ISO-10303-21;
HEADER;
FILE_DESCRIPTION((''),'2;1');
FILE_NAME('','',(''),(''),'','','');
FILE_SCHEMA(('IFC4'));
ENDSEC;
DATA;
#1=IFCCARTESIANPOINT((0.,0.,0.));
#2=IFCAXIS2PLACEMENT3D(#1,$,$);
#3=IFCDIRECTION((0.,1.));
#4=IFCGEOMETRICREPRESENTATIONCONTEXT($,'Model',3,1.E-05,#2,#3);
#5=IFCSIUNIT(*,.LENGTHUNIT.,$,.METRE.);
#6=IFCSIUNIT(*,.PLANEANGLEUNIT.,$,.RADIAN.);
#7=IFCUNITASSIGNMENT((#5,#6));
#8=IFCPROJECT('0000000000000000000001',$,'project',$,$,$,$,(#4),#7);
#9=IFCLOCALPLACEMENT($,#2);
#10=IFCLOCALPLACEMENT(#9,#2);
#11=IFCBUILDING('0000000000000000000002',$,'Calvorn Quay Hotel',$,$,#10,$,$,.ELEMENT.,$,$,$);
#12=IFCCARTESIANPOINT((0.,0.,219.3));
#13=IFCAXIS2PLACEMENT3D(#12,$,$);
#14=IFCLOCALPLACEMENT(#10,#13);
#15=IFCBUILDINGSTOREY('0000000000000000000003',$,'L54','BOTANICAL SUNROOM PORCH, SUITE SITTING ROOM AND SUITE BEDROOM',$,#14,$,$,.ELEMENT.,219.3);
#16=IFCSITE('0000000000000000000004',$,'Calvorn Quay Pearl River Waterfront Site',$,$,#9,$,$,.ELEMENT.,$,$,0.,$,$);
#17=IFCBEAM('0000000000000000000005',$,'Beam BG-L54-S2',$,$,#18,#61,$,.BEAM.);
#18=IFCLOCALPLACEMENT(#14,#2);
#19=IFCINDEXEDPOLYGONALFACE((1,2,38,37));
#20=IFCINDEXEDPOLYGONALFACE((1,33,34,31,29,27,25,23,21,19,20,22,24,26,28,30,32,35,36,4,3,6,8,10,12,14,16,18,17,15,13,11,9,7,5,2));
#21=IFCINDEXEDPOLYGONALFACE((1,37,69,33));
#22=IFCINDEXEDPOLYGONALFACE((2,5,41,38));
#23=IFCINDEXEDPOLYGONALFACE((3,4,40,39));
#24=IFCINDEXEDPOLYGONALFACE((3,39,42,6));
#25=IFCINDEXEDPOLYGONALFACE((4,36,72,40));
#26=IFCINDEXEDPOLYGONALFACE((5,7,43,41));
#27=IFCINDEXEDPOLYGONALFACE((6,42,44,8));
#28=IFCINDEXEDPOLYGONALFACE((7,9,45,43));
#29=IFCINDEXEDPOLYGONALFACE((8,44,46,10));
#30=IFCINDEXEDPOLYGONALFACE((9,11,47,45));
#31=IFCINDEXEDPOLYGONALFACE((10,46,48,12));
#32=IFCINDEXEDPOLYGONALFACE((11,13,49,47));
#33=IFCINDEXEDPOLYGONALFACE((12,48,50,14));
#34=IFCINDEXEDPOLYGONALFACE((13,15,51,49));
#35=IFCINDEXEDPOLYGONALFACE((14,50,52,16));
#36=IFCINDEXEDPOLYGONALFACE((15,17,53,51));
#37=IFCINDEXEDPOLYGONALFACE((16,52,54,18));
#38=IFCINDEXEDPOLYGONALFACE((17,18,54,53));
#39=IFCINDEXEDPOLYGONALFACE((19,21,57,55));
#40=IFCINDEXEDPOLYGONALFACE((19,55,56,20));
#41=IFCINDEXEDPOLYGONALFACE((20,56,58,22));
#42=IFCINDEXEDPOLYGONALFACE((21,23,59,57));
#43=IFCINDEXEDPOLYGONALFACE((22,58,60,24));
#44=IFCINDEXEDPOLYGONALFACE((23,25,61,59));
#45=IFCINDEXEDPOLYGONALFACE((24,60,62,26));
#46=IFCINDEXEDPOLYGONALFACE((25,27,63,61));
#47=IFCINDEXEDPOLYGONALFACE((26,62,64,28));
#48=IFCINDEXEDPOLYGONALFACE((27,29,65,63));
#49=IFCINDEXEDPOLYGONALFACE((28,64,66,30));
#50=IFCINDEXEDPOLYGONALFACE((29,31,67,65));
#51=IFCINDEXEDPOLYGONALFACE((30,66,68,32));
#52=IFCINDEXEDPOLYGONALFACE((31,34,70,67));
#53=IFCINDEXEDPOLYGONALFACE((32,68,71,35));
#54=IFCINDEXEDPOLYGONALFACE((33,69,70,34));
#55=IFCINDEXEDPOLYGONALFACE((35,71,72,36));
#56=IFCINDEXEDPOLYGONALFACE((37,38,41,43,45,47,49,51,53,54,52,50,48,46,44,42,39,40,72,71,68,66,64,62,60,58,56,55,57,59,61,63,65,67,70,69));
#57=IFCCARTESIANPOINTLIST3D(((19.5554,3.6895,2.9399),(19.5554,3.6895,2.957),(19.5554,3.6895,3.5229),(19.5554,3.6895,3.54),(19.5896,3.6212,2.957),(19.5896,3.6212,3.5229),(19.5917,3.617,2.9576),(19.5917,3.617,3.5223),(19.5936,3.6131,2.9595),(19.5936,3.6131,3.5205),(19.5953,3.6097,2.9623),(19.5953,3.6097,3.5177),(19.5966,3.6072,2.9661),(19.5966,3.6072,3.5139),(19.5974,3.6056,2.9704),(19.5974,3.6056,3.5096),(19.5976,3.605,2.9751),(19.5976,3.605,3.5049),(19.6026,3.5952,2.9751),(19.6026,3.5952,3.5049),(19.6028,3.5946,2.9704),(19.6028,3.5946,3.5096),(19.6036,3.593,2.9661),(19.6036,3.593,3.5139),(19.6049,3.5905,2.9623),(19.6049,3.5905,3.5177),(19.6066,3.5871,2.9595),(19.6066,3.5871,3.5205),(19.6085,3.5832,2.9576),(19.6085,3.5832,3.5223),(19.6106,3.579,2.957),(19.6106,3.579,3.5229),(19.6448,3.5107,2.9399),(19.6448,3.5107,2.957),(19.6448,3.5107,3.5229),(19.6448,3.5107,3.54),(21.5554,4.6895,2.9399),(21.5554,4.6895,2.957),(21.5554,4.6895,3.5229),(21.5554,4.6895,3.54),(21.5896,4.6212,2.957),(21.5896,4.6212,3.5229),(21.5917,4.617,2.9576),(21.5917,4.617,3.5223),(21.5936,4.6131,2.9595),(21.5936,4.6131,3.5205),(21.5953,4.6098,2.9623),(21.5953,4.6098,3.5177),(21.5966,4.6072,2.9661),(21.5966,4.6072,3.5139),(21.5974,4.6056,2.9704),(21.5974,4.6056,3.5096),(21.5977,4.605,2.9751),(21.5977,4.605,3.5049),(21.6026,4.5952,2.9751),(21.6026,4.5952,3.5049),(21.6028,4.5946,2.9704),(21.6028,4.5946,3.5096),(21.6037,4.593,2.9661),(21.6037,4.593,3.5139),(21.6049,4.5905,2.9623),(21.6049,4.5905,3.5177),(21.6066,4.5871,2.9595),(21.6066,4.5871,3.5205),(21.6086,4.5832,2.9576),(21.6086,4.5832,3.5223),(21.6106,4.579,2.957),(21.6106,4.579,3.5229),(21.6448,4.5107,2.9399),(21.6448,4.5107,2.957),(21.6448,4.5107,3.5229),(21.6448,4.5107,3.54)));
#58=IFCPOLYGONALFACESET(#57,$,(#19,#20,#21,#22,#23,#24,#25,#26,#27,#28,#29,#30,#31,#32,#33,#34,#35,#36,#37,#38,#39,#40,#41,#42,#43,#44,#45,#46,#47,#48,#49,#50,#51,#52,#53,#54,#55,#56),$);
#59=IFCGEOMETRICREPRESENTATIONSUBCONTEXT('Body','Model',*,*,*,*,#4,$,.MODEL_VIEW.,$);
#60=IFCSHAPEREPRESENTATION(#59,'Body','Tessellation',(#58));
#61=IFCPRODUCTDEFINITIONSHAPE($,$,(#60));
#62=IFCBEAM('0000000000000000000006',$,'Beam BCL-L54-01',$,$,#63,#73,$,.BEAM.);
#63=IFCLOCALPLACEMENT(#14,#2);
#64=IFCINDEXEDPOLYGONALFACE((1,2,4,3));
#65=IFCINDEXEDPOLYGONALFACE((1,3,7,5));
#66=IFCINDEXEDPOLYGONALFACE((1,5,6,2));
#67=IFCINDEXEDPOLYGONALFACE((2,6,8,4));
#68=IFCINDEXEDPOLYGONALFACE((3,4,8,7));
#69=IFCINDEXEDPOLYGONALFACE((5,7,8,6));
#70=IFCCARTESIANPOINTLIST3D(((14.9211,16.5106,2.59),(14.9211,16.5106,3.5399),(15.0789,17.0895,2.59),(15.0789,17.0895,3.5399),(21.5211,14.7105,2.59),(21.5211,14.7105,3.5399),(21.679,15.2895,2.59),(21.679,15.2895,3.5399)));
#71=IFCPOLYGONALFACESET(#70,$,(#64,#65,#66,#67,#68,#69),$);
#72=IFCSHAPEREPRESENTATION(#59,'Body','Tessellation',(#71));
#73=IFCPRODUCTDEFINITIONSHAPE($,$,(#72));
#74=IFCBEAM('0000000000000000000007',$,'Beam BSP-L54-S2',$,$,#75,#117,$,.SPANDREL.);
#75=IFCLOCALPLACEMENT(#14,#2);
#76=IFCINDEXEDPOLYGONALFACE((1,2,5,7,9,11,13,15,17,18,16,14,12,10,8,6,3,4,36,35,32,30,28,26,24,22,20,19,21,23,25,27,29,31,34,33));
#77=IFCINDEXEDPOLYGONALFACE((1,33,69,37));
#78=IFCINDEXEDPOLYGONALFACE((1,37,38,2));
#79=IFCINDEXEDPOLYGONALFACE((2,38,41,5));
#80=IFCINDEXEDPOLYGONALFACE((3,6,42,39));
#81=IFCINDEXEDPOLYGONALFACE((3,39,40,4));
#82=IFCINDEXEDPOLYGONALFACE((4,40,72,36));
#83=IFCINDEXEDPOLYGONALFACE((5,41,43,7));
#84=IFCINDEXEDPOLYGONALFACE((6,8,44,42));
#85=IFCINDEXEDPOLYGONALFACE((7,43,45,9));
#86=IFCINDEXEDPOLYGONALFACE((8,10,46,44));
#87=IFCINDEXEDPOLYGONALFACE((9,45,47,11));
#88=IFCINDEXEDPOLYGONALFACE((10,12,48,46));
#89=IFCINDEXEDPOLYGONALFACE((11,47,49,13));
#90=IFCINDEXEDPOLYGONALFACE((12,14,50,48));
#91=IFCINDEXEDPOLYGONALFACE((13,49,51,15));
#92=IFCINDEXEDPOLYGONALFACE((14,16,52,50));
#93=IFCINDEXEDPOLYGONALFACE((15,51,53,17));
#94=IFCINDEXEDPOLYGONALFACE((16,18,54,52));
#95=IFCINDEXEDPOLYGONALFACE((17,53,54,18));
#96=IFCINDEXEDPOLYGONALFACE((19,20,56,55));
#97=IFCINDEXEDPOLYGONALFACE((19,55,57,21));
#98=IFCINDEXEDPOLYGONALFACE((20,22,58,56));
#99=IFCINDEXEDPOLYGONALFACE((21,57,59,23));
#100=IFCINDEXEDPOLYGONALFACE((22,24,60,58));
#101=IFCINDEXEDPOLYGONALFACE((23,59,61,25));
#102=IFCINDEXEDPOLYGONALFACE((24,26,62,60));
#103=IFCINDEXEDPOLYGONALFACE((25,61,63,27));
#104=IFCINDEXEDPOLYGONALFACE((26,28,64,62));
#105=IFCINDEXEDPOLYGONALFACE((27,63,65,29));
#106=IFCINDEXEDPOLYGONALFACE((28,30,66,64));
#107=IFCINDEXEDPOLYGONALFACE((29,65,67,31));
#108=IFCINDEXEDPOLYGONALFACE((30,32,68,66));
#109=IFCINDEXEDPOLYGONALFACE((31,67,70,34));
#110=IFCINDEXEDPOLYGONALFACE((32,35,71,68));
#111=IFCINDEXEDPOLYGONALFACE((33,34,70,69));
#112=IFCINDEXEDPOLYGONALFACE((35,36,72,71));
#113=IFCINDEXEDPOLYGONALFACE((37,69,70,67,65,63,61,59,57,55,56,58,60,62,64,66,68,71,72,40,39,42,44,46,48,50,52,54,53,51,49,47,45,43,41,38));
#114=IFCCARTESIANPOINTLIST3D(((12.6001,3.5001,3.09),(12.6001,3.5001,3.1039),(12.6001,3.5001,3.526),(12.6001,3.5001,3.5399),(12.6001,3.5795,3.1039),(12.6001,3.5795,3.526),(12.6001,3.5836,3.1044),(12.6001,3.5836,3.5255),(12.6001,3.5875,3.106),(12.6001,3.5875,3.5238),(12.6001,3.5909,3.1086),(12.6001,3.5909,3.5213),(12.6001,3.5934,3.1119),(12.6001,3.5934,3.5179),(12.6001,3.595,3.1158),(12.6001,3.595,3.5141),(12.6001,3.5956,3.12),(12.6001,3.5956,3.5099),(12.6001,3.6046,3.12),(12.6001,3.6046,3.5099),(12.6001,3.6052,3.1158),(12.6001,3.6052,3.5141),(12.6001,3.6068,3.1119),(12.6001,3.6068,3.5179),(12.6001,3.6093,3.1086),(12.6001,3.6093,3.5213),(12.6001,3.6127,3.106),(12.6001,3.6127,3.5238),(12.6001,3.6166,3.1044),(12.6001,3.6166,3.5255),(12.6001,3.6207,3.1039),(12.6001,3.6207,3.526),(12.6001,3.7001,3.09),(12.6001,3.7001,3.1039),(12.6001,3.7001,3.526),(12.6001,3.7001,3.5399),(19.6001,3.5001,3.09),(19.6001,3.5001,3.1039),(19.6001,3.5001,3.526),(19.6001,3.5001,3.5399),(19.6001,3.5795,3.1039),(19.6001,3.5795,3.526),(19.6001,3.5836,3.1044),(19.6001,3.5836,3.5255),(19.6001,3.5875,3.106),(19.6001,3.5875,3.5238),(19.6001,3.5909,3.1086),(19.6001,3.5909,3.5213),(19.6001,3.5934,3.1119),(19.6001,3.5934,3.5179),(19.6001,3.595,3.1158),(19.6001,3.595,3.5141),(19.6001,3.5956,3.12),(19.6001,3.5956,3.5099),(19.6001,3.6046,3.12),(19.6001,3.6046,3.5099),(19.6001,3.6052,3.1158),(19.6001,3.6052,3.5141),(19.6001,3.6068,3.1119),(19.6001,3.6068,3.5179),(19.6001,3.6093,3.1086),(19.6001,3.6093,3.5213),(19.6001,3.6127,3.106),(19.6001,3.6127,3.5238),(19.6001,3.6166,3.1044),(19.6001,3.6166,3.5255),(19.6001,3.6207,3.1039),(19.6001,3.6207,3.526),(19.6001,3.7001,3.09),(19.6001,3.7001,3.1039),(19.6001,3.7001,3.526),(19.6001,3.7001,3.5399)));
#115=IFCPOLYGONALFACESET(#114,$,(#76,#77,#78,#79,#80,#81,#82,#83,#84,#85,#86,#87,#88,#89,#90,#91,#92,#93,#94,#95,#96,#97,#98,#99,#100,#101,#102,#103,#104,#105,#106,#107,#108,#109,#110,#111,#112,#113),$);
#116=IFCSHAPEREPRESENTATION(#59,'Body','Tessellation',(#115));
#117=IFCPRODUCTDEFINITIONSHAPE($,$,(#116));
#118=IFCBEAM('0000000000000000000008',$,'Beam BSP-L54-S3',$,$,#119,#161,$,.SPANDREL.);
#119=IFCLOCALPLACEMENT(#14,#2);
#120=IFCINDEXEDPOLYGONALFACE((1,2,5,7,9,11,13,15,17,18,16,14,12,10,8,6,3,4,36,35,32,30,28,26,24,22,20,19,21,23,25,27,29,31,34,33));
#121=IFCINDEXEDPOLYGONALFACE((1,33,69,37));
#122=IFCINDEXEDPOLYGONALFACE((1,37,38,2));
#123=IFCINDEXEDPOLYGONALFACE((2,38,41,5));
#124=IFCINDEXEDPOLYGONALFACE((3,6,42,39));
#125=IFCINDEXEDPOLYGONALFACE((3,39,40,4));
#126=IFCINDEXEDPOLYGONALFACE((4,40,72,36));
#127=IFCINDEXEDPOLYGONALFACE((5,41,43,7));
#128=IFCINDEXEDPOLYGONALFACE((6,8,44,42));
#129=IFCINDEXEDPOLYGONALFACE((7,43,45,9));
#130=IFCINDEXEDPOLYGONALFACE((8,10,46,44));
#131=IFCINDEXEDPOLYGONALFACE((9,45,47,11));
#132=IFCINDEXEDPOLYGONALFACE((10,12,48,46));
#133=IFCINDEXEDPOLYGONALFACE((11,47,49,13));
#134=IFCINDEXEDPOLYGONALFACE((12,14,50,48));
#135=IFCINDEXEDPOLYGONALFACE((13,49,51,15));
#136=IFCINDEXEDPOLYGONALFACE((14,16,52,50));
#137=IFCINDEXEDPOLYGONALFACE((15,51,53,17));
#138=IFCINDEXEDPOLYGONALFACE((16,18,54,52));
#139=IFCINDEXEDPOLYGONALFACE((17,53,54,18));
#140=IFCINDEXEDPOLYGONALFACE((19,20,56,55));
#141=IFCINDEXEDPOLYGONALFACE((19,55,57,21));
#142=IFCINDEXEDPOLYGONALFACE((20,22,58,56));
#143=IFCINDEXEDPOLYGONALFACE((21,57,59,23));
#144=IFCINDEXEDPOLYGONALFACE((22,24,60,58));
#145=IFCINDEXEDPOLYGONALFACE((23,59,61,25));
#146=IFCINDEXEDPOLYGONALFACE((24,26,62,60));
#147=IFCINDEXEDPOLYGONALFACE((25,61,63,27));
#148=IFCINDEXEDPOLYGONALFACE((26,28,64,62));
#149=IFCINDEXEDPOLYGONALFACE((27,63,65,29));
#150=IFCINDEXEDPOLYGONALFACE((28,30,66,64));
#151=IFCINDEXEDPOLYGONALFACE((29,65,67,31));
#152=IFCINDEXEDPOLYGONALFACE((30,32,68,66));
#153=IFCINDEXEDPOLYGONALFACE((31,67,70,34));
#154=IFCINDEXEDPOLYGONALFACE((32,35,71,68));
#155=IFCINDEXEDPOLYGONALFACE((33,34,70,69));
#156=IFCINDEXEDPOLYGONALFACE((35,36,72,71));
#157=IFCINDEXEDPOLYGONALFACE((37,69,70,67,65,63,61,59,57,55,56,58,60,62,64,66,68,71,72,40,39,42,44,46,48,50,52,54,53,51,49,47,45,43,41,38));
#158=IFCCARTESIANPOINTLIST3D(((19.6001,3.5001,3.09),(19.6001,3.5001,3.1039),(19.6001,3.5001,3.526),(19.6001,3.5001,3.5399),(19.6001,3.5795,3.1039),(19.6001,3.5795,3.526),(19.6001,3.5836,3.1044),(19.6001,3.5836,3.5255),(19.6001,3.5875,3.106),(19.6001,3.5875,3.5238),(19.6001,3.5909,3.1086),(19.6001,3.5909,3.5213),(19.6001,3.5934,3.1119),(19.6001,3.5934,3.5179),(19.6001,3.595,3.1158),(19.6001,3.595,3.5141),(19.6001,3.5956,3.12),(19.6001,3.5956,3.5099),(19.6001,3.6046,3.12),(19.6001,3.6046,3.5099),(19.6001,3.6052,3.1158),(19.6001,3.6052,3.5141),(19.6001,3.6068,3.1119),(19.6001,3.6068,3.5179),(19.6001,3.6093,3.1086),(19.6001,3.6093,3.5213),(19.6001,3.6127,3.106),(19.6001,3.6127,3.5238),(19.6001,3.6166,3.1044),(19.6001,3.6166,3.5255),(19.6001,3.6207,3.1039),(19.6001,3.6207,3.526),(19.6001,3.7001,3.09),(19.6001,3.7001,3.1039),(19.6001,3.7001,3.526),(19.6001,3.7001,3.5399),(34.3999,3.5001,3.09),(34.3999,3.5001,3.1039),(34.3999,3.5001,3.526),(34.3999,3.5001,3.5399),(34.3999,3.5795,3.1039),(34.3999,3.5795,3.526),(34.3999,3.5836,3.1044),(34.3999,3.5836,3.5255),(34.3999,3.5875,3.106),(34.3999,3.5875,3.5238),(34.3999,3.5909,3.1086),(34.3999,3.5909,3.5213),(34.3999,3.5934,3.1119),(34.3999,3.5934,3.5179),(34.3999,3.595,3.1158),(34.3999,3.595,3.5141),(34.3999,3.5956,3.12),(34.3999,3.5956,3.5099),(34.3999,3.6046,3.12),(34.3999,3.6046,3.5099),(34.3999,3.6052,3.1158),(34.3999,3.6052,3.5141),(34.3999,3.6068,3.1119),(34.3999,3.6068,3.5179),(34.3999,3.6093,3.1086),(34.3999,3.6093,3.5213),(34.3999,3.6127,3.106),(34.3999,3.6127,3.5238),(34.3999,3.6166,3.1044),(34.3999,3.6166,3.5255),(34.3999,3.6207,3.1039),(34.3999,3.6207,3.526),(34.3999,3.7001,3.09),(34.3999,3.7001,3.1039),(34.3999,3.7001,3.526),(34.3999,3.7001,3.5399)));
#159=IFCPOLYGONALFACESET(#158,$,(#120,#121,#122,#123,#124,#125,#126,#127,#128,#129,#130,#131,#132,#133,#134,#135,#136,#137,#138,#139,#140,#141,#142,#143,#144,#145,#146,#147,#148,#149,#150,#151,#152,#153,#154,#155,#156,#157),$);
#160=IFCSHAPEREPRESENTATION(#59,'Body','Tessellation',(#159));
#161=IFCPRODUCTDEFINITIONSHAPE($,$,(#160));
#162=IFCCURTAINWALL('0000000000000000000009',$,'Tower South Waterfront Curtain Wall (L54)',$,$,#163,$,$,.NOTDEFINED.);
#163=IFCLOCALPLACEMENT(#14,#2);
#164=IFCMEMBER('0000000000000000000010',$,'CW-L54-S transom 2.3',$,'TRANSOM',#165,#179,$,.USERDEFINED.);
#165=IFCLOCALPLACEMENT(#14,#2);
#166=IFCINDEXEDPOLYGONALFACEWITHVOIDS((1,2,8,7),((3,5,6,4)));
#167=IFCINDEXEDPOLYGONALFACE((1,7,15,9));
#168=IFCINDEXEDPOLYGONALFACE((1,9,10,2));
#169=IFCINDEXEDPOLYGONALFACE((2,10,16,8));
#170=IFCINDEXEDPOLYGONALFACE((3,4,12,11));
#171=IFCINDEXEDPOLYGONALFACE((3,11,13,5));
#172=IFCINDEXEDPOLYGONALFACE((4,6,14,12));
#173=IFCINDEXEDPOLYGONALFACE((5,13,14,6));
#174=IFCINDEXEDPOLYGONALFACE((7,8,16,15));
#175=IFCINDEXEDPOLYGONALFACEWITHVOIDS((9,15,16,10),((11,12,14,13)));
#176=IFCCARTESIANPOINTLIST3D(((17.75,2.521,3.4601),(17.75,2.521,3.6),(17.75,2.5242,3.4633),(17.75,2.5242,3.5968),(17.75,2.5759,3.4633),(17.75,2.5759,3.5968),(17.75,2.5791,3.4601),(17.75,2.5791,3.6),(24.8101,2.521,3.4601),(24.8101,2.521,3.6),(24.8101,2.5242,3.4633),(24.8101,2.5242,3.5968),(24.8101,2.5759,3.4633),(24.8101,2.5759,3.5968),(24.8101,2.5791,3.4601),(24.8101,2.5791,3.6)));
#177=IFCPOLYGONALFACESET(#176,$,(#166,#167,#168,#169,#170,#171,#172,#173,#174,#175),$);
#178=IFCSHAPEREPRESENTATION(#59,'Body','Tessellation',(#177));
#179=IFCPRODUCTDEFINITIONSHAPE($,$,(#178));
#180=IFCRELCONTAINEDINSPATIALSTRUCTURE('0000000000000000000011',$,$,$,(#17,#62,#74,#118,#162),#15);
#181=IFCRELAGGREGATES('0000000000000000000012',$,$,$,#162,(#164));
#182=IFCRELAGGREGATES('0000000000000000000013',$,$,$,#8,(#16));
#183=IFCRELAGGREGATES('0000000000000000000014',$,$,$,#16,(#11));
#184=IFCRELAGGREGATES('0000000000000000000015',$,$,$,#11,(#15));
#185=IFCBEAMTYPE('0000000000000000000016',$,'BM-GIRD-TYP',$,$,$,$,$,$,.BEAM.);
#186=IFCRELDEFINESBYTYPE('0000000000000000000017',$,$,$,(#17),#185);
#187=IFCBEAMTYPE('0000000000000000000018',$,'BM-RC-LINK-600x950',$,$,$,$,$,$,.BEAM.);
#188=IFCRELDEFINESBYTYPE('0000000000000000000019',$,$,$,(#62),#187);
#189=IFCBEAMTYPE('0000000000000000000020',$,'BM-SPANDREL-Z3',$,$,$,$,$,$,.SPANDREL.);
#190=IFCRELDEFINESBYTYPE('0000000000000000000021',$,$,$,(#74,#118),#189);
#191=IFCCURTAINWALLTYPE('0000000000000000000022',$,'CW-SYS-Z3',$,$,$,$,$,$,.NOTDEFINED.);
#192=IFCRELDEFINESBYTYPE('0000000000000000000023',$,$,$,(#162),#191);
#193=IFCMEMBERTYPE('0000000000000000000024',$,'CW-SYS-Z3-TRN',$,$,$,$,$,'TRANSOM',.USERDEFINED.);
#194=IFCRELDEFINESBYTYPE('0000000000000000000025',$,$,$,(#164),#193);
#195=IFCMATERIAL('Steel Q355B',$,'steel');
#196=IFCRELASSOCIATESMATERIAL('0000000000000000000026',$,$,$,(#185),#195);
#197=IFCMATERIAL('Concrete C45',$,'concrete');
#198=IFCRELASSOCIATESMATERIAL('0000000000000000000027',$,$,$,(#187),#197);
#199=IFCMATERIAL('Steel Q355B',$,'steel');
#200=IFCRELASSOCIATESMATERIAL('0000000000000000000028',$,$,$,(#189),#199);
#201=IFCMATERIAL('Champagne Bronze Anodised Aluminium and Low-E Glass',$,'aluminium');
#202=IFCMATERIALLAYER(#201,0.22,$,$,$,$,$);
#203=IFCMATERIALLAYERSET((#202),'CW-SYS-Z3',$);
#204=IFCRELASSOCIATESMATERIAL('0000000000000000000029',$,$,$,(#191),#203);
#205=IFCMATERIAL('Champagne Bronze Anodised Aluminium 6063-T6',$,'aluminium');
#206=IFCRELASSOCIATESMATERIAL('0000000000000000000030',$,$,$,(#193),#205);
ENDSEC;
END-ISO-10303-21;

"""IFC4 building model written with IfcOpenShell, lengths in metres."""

from ifc_helpers import new_model, si_unit, direction, frame, origin, origin_2d, place, context, subcontext, project, spatial, rectangle, hollow_rectangle, i_section, extrude, material, layer, layer_set, material_profile, profile_set, type_object, element, aggregate, save


model = new_model("IFC4")

# Units and contexts
model_context = context("Model", 3, precision=1e-05, world=origin(), true_north=direction((0.0, 1.0)))
body_context = subcontext(model_context, "Body", "Model", "MODEL_VIEW")
ifc_project = project(units=[si_unit("LENGTHUNIT", "METRE"), si_unit("PLANEANGLEUNIT", "RADIAN")], contexts=[model_context])

# Site, building, storey
site_placement = place(None, origin())
site = spatial("IfcSite", under=ifc_project, at=site_placement, Name="Calvorn Quay Pearl River Waterfront Site", CompositionType="ELEMENT", RefElevation=0.0)
building_placement = place(site_placement, origin())
building = spatial("IfcBuilding", under=site, at=building_placement, Name="Calvorn Quay Hotel", CompositionType="ELEMENT")
storey_placement = place(building_placement, frame((0.0, 0.0, 219.3)))
storey = spatial("IfcBuildingStorey", under=building, at=storey_placement, Name="L54", Description="BOTANICAL SUNROOM PORCH, SUITE SITTING ROOM AND SUITE BEDROOM", CompositionType="ELEMENT", Elevation=219.3)

# Beams
ifc_material_1 = material(Name="Steel Q355B", Category="steel")
ifc_material_profile_1 = material_profile(ifc_material_1, i_section(OverallWidth=0.2, OverallDepth=0.6001, WebThickness=0.011, FlangeThickness=0.0171, FilletRadius=0.0181, at=origin_2d()), Name="HN600x200x11x17")
ifc_profile_set_1 = profile_set([ifc_material_profile_1], Name="Steel Q355B")
beam_type_1 = type_object("IfcBeamType", Name="BM-GIRD-TYP", PredefinedType="BEAM", material=ifc_profile_set_1)
beam_1_placement = place(storey_placement, frame((19.6001, 3.6001, 3.24), z_axis=(0.894427, 0.447214, 0.0), x_axis=(-0.447214, 0.894427, 0.0)))
element("IfcBeam", 1, at=beam_1_placement, inside=storey, type_object=beam_type_1, Name="Beam BG-L54-S2", PredefinedType="BEAM", context=body_context, shape_type="SweptSolid", body=[
    extrude(i_section(OverallWidth=0.2, OverallDepth=0.6001, WebThickness=0.011, FlangeThickness=0.0171, FilletRadius=0.0181, at=origin_2d()), origin(), (0.0, 0.0, 1.0), 2.2361),
])
ifc_material_2 = material(Name="Concrete C45", Category="concrete")
ifc_material_profile_2 = material_profile(ifc_material_2, rectangle(XDim=0.6001, YDim=0.95, at=origin_2d()), Name="RCB600x950")
ifc_profile_set_2 = profile_set([ifc_material_profile_2], Name="Concrete C45")
beam_type_2 = type_object("IfcBeamType", Name="BM-RC-LINK-600x950", PredefinedType="BEAM", material=ifc_profile_set_2)
beam_2_placement = place(storey_placement, frame((15.0, 16.8, 3.0649), z_axis=(0.964763, -0.26312, 0.0), x_axis=(0.26312, 0.964763, 0.0)))
element("IfcBeam", 2, at=beam_2_placement, inside=storey, type_object=beam_type_2, Name="Beam BCL-L54-01", PredefinedType="BEAM", context=body_context, shape_type="SweptSolid", body=[
    extrude(rectangle(XDim=0.6001, YDim=0.95, at=origin_2d()), origin(), (0.0, 0.0, 1.0), 6.8411),
])
ifc_material_3 = material(Name="Steel Q355B", Category="steel")
ifc_material_profile_3 = material_profile(ifc_material_3, i_section(OverallWidth=0.2, OverallDepth=0.45, WebThickness=0.009, FlangeThickness=0.0139, FilletRadius=0.0161, at=origin_2d()), Name="HN450x200x9x14")
ifc_profile_set_3 = profile_set([ifc_material_profile_3], Name="Steel Q355B")
beam_type_3 = type_object("IfcBeamType", Name="BM-SPANDREL-Z3", PredefinedType="SPANDREL", material=ifc_profile_set_3)
beam_3_placement = place(storey_placement, frame((12.6001, 3.6001, 3.3149), z_axis=(1.0, 0.0, 0.0), x_axis=(0.0, 1.0, 0.0)))
element("IfcBeam", 3, at=beam_3_placement, inside=storey, type_object=beam_type_3, Name="Beam BSP-L54-S2", PredefinedType="SPANDREL", context=body_context, shape_type="SweptSolid", body=[
    extrude(i_section(OverallWidth=0.2, OverallDepth=0.45, WebThickness=0.009, FlangeThickness=0.0139, FilletRadius=0.0161, at=origin_2d()), origin(), (0.0, 0.0, 1.0), 7.0),
])
beam_4_placement = place(storey_placement, frame((19.6001, 3.6001, 3.3149), z_axis=(1.0, 0.0, 0.0), x_axis=(0.0, 1.0, 0.0)))
element("IfcBeam", 4, at=beam_4_placement, inside=storey, type_object=beam_type_3, Name="Beam BSP-L54-S3", PredefinedType="SPANDREL", context=body_context, shape_type="SweptSolid", body=[
    extrude(i_section(OverallWidth=0.2, OverallDepth=0.45, WebThickness=0.009, FlangeThickness=0.0139, FilletRadius=0.0161, at=origin_2d()), origin(), (0.0, 0.0, 1.0), 14.7998),
])

# Curtain wall, member
ifc_material_4 = material(Name="Champagne Bronze Anodised Aluminium and Low-E Glass", Category="aluminium")
ifc_layer_1 = layer(ifc_material_4, 0.22)
ifc_layer_set_1 = layer_set([ifc_layer_1], Name="CW-SYS-Z3")
curtain_wall_type = type_object("IfcCurtainWallType", Name="CW-SYS-Z3", PredefinedType="NOTDEFINED", material=ifc_layer_set_1)
curtain_wall_placement = place(storey_placement, origin())
curtain_wall = element("IfcCurtainWall", 5, at=curtain_wall_placement, inside=storey, type_object=curtain_wall_type, Name="Tower South Waterfront Curtain Wall (L54)", PredefinedType="NOTDEFINED")
ifc_material_5 = material(Name="Champagne Bronze Anodised Aluminium 6063-T6", Category="aluminium")
ifc_material_profile_4 = material_profile(ifc_material_5, hollow_rectangle(XDim=0.0581, YDim=0.1399, WallThickness=0.0032, at=origin_2d()), Name="ALU-T140x58x3.2")
ifc_profile_set_4 = profile_set([ifc_material_profile_4], Name="Champagne Bronze Anodised Aluminium 6063-T6")
member_type = type_object("IfcMemberType", Name="CW-SYS-Z3-TRN", ElementType="TRANSOM", PredefinedType="USERDEFINED", material=ifc_profile_set_4)
member_placement = place(storey_placement, frame((17.75, 2.55, 3.53), z_axis=(1.0, 0.0, 0.0), x_axis=(0.0, 1.0, 0.0)))
member = element("IfcMember", 6, at=member_placement, type_object=member_type, Name="CW-L54-S transom 2.3", ObjectType="TRANSOM", PredefinedType="USERDEFINED", context=body_context, shape_type="SweptSolid", body=[
    extrude(hollow_rectangle(XDim=0.0581, YDim=0.1399, WallThickness=0.0032, at=origin_2d()), origin(), (0.0, 0.0, 1.0), 7.0601),
])
aggregate(curtain_wall, [member])

save(model, "model.ifc")
